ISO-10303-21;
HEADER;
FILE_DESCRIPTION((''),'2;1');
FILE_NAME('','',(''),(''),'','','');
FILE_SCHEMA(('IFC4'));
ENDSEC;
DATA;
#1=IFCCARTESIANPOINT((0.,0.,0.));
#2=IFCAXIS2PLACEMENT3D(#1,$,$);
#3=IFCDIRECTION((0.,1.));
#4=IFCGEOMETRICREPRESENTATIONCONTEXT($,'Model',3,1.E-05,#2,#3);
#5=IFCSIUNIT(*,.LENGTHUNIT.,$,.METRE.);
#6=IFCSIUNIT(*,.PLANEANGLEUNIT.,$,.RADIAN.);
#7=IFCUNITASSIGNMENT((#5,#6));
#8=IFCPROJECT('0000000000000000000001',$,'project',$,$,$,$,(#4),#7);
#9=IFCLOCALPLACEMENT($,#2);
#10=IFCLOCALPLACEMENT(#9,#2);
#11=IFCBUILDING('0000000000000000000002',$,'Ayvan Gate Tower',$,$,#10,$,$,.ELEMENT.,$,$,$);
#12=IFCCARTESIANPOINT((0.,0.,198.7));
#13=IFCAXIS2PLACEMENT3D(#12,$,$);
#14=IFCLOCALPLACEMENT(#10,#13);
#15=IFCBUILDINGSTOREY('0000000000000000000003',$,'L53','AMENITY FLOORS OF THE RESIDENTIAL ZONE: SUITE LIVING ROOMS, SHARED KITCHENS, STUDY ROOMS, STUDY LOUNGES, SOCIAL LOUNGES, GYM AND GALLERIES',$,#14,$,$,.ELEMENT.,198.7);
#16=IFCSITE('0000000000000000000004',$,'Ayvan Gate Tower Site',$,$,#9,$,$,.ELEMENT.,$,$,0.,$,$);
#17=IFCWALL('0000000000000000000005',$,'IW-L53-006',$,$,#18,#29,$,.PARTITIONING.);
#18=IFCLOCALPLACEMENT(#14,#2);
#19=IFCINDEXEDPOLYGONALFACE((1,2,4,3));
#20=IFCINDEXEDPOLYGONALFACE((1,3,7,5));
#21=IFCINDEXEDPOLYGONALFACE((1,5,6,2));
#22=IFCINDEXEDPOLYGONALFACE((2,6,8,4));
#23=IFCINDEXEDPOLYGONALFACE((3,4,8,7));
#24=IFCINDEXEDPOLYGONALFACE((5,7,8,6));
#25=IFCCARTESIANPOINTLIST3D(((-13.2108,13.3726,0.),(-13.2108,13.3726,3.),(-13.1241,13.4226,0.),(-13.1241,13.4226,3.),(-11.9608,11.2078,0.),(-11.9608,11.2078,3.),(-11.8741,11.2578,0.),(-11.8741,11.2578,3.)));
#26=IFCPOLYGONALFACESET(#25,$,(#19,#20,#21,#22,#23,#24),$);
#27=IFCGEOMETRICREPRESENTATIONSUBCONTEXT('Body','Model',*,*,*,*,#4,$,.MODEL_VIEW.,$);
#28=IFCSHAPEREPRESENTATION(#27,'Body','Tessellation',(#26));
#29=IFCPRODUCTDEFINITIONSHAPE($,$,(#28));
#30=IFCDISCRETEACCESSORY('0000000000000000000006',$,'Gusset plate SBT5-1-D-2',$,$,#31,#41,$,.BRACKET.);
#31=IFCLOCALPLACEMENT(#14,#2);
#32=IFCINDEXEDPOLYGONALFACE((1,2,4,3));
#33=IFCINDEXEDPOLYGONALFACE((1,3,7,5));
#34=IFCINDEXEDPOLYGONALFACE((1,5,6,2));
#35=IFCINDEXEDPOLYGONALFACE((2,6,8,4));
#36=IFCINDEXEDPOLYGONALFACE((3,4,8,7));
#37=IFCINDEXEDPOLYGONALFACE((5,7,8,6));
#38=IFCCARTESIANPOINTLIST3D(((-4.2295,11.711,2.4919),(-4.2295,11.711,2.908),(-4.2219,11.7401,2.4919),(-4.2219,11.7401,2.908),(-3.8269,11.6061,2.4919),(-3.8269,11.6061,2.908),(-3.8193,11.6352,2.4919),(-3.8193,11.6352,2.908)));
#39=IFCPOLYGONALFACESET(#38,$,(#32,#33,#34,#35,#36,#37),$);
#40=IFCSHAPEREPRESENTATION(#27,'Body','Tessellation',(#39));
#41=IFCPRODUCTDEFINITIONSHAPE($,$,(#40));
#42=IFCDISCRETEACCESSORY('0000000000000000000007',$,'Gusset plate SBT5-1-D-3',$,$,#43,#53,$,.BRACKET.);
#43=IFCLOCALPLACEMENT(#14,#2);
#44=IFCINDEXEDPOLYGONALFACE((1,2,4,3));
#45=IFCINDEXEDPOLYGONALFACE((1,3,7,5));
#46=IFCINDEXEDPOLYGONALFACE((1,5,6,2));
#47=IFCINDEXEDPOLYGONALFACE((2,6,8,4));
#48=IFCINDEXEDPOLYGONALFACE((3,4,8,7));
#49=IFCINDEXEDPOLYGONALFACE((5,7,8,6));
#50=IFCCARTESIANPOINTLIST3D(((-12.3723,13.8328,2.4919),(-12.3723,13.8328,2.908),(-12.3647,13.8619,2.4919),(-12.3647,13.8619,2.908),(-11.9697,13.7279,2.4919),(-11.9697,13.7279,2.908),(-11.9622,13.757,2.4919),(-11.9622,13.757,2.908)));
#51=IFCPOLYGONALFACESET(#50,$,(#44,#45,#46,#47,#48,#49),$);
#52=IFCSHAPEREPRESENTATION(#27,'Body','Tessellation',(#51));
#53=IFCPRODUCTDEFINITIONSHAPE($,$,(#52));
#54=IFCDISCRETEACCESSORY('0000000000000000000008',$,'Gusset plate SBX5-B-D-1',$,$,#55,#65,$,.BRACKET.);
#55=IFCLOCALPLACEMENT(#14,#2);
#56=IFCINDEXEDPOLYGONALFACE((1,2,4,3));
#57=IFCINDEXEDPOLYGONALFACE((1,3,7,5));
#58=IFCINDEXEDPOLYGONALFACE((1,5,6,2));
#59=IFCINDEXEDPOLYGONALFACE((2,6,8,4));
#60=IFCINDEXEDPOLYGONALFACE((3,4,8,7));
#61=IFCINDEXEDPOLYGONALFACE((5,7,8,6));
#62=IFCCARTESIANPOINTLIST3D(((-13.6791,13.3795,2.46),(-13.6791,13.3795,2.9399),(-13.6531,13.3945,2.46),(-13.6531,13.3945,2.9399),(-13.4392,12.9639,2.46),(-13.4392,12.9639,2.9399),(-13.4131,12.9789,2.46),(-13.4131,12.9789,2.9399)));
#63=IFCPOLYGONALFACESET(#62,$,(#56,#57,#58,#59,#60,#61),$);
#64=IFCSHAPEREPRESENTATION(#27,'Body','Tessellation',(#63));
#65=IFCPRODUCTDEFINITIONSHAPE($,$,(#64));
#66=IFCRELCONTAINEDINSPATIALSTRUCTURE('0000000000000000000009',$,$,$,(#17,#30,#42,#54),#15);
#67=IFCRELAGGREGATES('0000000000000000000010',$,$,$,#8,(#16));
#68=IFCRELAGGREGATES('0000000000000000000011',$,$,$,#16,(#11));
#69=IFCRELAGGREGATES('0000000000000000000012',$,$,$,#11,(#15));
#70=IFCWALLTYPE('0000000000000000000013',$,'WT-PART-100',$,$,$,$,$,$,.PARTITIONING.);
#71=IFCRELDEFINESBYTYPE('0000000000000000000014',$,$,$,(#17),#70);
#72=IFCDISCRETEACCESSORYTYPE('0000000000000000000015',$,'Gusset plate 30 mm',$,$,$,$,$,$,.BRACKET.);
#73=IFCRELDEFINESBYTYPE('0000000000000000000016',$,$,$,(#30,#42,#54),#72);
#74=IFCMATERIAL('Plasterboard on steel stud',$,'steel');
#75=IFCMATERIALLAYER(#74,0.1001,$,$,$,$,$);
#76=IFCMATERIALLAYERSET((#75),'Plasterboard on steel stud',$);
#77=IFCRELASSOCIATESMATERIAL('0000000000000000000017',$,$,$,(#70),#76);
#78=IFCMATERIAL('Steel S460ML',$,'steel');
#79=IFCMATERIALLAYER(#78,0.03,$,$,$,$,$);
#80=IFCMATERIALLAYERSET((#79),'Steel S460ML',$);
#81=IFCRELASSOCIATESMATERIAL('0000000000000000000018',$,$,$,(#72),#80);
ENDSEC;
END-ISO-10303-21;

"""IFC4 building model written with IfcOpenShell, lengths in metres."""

from ifc_helpers import new_model, si_unit, direction, frame, frame_2d, origin, origin_2d, place, context, subcontext, project, spatial, rectangle, extrude, material, layer, layer_set, type_object, element, save


model = new_model("IFC4")

# Units and contexts
model_context = context("Model", 3, precision=1e-05, world=origin(), true_north=direction((0.0, 1.0)))
body_context = subcontext(model_context, "Body", "Model", "MODEL_VIEW")
ifc_project = project(units=[si_unit("LENGTHUNIT", "METRE"), si_unit("PLANEANGLEUNIT", "RADIAN")], contexts=[model_context])

# Site, building, storey
site_placement = place(None, origin())
site = spatial("IfcSite", under=ifc_project, at=site_placement, Name="Ayvan Gate Tower Site", CompositionType="ELEMENT", RefElevation=0.0)
building_placement = place(site_placement, origin())
building = spatial("IfcBuilding", under=site, at=building_placement, Name="Ayvan Gate Tower", CompositionType="ELEMENT")
storey_placement = place(building_placement, frame((0.0, 0.0, 198.7)))
storey = spatial("IfcBuildingStorey", under=building, at=storey_placement, Name="L53", Description="AMENITY FLOORS OF THE RESIDENTIAL ZONE: SUITE LIVING ROOMS, SHARED KITCHENS, STUDY ROOMS, STUDY LOUNGES, SOCIAL LOUNGES, GYM AND GALLERIES", CompositionType="ELEMENT", Elevation=198.7)

# Shared definitions
ifc_material_1 = material(Name="Plasterboard on steel stud", Category="steel")

# Wall
ifc_layer_1 = layer(ifc_material_1, 0.1001)
ifc_layer_set_1 = layer_set([ifc_layer_1], Name="Plasterboard on steel stud")
wall_type_1 = type_object("IfcWallType", Name="WT-PART-100", PredefinedType="PARTITIONING", material=ifc_layer_set_1)
wall_1_placement = place(storey_placement, frame((-13.1675, 13.3977, 0.0), z_axis=(0.0, 0.0, 1.0), x_axis=(0.500047, -0.865999, 0.0)))
element("IfcWall", 1, at=wall_1_placement, inside=storey, type_object=wall_type_1, Name="IW-L53-006", PredefinedType="PARTITIONING", context=body_context, shape_type="SweptSolid", body=[
    extrude(rectangle(XDim=2.4998, YDim=0.1001, at=frame_2d((1.25, 0.0))), origin(), (0.0, 0.0, 1.0), 3.0),
])

# Discrete accessories
ifc_material_2 = material(Name="Steel S460ML", Category="steel")
ifc_layer_2 = layer(ifc_material_2, 0.03)
ifc_layer_set_2 = layer_set([ifc_layer_2], Name="Steel S460ML")
discrete_accessory_type = type_object("IfcDiscreteAccessoryType", Name="Gusset plate 30 mm", PredefinedType="BRACKET", material=ifc_layer_set_2)
for number, where, z_axis, x_axis, name in (
    (2, (-4.0244, 11.6731, 2.4919), (0.0, 0.0, 1.0), (-0.967682, 0.252172, 0.0), "Gusset plate SBT5-1-D-2"),
    (3, (-12.1672, 13.7949, 2.4919), (0.0, 0.0, 1.0), (-0.967682, 0.252172, 0.0), "Gusset plate SBT5-1-D-3"),
):
    element("IfcDiscreteAccessory", number, at=place(storey_placement, frame(where, z_axis=z_axis, x_axis=x_axis)), inside=storey, type_object=discrete_accessory_type, Name=name, PredefinedType="BRACKET", context=body_context, shape_type="SweptSolid", body=[
        extrude(rectangle(XDim=0.416, YDim=0.03, at=origin_2d()), origin(), (0.0, 0.0, 1.0), 0.416),
    ])
discrete_accessory_placement = place(storey_placement, frame((-13.5461, 13.1792, 2.46), z_axis=(0.0, 0.0, 1.0), x_axis=(-0.5, 0.866025, 0.0)))
element("IfcDiscreteAccessory", 4, at=discrete_accessory_placement, inside=storey, type_object=discrete_accessory_type, Name="Gusset plate SBX5-B-D-1", PredefinedType="BRACKET", context=body_context, shape_type="SweptSolid", body=[
    extrude(rectangle(XDim=0.48, YDim=0.03, at=origin_2d()), origin(), (0.0, 0.0, 1.0), 0.48),
])

save(model, "model.ifc")
